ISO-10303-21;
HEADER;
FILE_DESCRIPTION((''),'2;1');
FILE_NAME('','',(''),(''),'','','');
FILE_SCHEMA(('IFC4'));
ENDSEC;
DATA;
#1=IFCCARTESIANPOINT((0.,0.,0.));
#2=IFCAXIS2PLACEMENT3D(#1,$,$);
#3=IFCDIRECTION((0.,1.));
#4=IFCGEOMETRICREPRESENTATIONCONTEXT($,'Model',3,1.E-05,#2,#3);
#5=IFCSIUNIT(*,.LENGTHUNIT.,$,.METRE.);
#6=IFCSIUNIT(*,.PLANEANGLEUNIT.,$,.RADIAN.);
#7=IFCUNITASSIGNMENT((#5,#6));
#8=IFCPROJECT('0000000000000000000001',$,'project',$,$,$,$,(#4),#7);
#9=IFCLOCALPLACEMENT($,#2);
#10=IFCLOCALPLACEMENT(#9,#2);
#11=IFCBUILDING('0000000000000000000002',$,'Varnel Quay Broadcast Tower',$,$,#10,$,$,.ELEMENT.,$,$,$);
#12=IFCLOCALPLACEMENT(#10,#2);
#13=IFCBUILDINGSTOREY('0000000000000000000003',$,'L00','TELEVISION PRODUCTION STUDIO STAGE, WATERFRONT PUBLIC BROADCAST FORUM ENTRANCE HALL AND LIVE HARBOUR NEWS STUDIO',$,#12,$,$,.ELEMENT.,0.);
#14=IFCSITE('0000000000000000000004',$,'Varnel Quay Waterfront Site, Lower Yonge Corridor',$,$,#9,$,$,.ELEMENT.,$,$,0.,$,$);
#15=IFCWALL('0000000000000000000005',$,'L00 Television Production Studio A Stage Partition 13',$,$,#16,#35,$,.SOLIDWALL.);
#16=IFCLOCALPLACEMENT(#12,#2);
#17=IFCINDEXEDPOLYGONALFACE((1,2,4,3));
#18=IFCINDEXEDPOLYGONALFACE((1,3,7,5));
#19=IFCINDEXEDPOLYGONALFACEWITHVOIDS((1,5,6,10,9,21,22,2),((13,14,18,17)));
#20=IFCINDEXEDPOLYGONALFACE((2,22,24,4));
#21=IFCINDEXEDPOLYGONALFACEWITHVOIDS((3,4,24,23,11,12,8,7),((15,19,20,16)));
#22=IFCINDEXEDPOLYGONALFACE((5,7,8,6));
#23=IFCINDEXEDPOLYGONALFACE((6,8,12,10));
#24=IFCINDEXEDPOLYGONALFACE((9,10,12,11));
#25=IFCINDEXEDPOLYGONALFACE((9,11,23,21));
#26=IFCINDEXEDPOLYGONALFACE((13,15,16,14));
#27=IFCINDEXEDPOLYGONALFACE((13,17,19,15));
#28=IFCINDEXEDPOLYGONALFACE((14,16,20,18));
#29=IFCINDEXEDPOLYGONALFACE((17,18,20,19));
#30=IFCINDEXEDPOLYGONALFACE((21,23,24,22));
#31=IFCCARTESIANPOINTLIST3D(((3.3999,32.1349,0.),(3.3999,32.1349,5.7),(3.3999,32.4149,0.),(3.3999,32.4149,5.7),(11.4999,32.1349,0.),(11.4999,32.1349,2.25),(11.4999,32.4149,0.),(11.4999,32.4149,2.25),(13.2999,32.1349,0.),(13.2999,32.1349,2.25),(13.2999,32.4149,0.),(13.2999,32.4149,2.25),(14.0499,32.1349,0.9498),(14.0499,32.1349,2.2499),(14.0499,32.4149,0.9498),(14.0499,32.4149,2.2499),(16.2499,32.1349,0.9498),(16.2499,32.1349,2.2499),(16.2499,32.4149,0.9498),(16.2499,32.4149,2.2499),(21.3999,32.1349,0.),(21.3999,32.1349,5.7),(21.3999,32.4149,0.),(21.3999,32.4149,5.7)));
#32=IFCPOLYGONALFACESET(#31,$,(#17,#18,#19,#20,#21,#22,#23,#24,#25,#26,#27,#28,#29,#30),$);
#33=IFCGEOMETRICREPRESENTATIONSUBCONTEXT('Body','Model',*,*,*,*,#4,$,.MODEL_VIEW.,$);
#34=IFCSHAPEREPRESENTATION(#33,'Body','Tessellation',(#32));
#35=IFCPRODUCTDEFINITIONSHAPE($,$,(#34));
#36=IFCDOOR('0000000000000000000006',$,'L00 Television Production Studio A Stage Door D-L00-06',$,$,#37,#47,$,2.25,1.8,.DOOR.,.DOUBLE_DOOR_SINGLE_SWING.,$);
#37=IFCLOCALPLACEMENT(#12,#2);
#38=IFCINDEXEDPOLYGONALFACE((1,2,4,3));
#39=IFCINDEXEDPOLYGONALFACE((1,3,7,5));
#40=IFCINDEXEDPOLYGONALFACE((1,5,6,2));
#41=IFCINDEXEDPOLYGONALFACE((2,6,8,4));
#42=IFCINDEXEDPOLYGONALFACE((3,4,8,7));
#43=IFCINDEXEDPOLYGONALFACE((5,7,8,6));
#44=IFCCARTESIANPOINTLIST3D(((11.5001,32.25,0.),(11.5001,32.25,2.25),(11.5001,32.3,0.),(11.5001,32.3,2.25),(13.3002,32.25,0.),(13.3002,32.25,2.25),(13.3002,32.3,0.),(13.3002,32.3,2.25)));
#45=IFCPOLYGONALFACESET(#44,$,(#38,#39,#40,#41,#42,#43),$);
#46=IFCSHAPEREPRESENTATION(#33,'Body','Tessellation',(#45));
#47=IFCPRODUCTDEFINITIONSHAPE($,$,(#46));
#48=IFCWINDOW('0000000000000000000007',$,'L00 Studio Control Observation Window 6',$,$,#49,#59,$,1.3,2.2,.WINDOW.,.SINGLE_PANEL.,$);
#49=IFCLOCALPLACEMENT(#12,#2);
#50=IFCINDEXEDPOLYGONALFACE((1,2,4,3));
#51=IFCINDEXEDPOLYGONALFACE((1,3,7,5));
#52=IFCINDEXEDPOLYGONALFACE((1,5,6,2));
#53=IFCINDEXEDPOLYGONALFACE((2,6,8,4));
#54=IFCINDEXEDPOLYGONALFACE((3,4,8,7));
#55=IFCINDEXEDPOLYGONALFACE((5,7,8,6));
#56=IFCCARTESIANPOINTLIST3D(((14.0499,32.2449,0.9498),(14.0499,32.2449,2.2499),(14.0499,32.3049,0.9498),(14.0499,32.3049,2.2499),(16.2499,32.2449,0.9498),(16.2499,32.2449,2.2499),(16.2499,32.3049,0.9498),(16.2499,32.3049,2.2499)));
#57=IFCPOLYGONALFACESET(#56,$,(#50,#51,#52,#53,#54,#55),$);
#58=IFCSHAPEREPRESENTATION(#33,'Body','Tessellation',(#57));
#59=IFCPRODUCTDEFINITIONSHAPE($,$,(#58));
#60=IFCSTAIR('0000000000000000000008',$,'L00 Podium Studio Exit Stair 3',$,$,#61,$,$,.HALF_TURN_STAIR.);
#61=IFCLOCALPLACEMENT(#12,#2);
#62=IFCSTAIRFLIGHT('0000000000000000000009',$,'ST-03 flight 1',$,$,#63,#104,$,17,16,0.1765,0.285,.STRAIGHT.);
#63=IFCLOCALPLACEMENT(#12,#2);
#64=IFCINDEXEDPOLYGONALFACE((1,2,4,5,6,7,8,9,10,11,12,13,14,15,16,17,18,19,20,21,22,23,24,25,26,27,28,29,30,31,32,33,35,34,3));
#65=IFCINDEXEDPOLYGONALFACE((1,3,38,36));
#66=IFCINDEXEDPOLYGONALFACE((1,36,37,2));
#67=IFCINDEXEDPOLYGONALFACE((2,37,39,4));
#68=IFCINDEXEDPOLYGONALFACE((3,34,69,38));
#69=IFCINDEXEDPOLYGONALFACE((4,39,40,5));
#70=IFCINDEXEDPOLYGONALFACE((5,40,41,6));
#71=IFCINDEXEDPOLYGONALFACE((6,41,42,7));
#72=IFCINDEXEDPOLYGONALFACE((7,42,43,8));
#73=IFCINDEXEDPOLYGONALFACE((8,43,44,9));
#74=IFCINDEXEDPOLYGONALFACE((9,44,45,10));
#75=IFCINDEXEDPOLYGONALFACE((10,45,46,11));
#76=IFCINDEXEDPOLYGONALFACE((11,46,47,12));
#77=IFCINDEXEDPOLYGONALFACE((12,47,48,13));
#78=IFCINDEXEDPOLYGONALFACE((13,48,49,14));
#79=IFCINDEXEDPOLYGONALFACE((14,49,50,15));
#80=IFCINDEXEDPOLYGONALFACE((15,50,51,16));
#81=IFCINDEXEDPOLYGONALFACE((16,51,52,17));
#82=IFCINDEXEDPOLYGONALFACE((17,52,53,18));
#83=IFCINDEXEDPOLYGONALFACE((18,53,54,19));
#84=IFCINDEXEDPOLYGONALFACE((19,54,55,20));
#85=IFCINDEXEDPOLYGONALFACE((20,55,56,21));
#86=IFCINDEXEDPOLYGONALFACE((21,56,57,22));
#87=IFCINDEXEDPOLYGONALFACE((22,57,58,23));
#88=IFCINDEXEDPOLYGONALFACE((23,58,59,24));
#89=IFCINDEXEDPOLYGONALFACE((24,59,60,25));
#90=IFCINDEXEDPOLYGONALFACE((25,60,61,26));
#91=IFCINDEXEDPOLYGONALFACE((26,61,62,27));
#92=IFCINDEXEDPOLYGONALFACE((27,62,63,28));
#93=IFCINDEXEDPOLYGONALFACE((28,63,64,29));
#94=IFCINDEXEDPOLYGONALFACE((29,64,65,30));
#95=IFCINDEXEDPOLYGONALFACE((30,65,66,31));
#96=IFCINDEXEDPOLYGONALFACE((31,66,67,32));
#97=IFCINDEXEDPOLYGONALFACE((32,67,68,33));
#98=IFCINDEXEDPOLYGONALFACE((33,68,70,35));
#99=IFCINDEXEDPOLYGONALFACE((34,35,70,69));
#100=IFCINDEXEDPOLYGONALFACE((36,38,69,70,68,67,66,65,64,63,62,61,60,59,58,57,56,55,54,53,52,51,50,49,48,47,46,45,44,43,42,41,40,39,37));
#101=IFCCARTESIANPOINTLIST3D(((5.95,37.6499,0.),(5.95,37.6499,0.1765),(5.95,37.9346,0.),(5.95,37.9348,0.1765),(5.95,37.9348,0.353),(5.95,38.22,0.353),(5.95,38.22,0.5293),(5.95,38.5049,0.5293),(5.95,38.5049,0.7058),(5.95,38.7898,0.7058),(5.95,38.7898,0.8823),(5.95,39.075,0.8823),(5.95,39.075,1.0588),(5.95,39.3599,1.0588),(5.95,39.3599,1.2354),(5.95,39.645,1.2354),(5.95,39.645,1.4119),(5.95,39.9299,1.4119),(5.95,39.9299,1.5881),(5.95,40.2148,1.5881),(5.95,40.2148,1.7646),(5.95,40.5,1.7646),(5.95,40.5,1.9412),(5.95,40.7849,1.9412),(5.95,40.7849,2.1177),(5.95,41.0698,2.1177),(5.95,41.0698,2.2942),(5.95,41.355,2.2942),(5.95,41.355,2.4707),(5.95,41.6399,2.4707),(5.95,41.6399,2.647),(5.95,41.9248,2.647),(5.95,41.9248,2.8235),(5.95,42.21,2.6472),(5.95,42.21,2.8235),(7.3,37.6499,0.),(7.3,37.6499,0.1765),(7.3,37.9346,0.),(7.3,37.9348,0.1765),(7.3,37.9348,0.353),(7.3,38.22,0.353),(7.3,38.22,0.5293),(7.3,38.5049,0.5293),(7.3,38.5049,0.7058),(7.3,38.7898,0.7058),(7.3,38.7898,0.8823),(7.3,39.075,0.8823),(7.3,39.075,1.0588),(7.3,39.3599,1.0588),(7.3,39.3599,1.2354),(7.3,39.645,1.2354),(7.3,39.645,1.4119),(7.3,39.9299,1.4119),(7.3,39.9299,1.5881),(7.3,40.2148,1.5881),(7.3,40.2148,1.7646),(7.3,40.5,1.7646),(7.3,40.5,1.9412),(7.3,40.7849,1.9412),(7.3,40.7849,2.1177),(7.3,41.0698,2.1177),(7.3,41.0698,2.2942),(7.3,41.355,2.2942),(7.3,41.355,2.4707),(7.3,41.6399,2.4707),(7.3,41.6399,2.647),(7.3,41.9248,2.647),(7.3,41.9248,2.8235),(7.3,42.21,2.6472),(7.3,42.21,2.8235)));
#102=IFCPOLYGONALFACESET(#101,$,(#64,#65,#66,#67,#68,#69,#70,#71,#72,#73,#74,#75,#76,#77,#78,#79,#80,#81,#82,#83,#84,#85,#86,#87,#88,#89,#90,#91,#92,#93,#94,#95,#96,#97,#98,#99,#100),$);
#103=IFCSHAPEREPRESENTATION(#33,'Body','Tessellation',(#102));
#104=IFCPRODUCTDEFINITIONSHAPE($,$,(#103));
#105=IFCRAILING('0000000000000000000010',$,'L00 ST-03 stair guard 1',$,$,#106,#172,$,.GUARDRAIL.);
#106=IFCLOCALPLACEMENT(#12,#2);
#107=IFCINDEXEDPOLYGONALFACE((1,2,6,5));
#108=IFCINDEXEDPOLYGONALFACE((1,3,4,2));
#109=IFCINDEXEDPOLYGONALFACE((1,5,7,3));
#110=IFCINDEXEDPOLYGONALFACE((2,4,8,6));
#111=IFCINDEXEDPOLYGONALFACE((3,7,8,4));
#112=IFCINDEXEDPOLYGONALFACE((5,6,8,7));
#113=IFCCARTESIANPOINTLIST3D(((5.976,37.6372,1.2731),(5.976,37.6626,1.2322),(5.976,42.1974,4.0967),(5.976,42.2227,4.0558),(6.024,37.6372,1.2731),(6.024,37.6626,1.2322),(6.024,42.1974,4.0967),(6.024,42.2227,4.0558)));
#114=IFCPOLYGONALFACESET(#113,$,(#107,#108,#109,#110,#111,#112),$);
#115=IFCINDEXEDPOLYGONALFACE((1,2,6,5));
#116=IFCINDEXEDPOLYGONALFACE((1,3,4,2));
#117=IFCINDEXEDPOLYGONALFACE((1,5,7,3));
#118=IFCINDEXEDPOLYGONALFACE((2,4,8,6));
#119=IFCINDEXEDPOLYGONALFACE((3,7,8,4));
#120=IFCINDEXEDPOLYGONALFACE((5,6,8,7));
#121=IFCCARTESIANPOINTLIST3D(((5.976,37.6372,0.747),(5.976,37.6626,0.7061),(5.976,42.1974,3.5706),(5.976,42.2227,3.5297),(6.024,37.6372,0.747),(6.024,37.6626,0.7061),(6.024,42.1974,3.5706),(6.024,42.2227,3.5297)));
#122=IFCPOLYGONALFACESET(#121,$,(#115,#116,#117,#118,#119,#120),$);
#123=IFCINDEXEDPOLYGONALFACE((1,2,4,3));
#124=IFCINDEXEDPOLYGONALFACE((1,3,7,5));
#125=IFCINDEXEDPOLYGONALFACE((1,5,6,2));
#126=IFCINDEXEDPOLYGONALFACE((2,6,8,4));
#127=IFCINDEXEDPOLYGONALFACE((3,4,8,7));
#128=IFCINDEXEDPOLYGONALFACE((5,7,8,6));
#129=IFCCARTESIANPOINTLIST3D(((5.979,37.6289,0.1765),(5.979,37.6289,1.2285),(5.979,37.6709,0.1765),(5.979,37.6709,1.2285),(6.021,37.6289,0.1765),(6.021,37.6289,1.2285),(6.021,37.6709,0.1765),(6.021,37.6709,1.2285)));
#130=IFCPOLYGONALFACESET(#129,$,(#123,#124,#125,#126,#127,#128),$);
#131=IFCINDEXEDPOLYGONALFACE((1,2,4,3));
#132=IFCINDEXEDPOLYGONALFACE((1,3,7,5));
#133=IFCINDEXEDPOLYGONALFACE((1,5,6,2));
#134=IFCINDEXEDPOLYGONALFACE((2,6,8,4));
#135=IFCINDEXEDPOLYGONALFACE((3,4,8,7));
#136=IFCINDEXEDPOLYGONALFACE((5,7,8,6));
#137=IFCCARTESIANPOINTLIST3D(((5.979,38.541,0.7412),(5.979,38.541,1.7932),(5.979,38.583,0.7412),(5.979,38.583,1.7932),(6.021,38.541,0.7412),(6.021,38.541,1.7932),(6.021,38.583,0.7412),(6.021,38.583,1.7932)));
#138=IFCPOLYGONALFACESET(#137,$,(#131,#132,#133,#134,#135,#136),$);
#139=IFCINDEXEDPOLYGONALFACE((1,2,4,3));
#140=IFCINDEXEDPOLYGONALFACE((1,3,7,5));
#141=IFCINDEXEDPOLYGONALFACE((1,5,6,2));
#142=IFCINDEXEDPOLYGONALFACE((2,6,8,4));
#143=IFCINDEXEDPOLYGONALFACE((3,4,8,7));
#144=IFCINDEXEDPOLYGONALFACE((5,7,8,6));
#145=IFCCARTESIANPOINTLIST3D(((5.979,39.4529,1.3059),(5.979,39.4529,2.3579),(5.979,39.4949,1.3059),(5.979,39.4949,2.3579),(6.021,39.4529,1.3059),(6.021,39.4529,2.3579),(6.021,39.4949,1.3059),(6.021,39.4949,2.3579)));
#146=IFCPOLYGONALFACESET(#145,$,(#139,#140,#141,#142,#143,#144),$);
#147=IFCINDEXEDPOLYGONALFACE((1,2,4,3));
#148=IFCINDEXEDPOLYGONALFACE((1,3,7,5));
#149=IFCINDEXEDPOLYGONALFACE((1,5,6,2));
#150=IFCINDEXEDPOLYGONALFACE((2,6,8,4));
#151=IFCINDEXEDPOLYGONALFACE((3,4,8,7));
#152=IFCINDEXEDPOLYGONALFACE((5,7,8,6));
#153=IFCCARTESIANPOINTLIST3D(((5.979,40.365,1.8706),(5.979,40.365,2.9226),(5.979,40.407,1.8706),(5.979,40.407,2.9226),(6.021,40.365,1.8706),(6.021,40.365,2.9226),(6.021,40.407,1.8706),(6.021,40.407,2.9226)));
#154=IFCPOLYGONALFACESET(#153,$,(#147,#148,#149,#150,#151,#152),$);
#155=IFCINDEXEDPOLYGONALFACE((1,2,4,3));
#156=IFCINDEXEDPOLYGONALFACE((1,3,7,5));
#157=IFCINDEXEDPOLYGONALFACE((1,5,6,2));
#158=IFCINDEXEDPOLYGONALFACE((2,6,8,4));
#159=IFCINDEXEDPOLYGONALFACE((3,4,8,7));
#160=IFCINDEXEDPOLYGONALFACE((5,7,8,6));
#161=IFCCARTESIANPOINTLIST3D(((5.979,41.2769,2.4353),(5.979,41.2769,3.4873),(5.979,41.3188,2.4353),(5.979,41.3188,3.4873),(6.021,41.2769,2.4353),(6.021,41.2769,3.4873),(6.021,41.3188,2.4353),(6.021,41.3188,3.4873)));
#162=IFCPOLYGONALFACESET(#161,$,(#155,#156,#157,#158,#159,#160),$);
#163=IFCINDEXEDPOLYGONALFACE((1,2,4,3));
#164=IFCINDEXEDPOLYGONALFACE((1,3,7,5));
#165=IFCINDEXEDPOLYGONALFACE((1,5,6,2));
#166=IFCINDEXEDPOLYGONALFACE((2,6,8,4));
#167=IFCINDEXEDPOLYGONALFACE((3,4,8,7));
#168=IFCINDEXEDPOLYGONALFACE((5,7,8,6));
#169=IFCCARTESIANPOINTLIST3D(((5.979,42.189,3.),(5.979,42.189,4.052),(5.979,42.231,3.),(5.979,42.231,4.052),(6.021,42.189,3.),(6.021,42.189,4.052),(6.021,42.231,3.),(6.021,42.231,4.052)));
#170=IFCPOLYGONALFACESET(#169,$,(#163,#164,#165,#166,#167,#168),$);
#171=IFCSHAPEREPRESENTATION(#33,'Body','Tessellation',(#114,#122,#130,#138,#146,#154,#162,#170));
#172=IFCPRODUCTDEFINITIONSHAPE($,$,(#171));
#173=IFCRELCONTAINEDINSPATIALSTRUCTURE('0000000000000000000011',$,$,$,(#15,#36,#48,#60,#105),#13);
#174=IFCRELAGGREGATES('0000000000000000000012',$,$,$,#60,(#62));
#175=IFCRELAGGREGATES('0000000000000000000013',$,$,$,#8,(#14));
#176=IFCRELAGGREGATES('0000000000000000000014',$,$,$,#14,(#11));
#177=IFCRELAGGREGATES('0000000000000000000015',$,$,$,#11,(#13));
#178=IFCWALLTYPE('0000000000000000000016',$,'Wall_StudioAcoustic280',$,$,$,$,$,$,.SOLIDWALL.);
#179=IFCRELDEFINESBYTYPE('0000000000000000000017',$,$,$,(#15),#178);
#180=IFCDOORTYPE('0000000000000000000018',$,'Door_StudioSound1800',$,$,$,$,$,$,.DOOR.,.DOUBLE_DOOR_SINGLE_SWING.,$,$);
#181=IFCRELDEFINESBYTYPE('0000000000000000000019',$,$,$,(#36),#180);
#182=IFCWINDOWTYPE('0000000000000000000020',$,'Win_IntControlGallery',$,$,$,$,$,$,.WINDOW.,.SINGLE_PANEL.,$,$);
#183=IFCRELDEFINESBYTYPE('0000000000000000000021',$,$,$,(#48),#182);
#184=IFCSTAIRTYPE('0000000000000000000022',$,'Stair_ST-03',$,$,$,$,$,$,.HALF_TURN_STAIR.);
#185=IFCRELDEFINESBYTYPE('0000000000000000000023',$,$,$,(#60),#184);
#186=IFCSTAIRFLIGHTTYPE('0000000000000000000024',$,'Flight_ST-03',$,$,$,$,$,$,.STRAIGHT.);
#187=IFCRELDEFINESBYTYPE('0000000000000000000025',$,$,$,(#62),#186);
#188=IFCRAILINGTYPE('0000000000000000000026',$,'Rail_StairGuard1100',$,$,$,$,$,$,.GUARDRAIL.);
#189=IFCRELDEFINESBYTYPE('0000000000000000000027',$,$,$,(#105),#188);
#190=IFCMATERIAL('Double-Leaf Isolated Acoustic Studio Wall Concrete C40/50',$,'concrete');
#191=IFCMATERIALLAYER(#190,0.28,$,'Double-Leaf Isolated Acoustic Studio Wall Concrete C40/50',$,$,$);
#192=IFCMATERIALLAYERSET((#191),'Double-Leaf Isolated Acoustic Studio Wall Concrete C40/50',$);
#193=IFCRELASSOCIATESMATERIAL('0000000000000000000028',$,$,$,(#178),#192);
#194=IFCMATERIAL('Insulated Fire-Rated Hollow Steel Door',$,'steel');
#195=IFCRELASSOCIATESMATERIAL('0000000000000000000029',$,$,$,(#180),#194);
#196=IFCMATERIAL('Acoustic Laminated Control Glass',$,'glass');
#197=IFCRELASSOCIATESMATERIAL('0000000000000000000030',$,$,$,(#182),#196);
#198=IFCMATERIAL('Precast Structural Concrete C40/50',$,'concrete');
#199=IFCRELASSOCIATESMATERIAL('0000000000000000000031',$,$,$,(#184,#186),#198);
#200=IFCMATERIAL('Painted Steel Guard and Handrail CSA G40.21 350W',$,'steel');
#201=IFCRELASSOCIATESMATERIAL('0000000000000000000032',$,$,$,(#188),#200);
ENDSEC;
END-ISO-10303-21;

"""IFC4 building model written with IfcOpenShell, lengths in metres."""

from ifc_helpers import new_model, si_unit, direction, frame, frame_2d, origin, origin_2d, place, context, subcontext, project, spatial, polyline, rectangle, outline, extrude, source, transform, mapped, material, layer, layer_set, type_object, type_shapes, element, fill, aggregate, save


model = new_model("IFC4")

# Units and contexts
model_context = context("Model", 3, precision=1e-05, world=origin(), true_north=direction((0.0, 1.0)))
body_context = subcontext(model_context, "Body", "Model", "MODEL_VIEW")
ifc_project = project(units=[si_unit("LENGTHUNIT", "METRE"), si_unit("PLANEANGLEUNIT", "RADIAN")], contexts=[model_context])

# Site, building, storey
site_placement = place(None, origin())
site = spatial("IfcSite", under=ifc_project, at=site_placement, Name="Varnel Quay Waterfront Site, Lower Yonge Corridor", CompositionType="ELEMENT", RefElevation=0.0)
building_placement = place(site_placement, origin())
building = spatial("IfcBuilding", under=site, at=building_placement, Name="Varnel Quay Broadcast Tower", CompositionType="ELEMENT")
storey_placement = place(building_placement, origin())
storey = spatial("IfcBuildingStorey", under=building, at=storey_placement, Name="L00", Description="TELEVISION PRODUCTION STUDIO STAGE, WATERFRONT PUBLIC BROADCAST FORUM ENTRANCE HALL AND LIVE HARBOUR NEWS STUDIO", CompositionType="ELEMENT", Elevation=0.0)

# Shared definitions
ifc_material_1 = material(Name="Insulated Fire-Rated Hollow Steel Door", Category="steel")

# Wall, openings, door, window
ifc_material_2 = material(Name="Double-Leaf Isolated Acoustic Studio Wall Concrete C40/50", Category="concrete")
ifc_layer_1 = layer(ifc_material_2, 0.28, Name="Double-Leaf Isolated Acoustic Studio Wall Concrete C40/50")
ifc_layer_set_1 = layer_set([ifc_layer_1], Name="Double-Leaf Isolated Acoustic Studio Wall Concrete C40/50")
wall_type_1 = type_object("IfcWallType", Name="Wall_StudioAcoustic280", PredefinedType="SOLIDWALL", material=ifc_layer_set_1)
wall_1_placement = place(storey_placement, frame((3.3999, 32.2749, 0.0), z_axis=(0.0, 0.0, 1.0), x_axis=(1.0, 0.0, 0.0)))
wall_1 = element("IfcWall", 1, at=wall_1_placement, inside=storey, type_object=wall_type_1, Name="L00 Television Production Studio A Stage Partition 13", PredefinedType="SOLIDWALL", context=body_context, shape_type="SweptSolid", body=[
    extrude(rectangle(XDim=18.0, YDim=0.28, at=frame_2d((9.0, 0.0))), origin(), (0.0, 0.0, 1.0), 5.7),
])
opening_1_placement = place(wall_1_placement, frame((8.1001, 0.0, 0.0)))
opening_1 = element("IfcOpeningElement", 2, at=opening_1_placement, cuts=wall_1, PredefinedType="OPENING", context=body_context, shape_type="SweptSolid", body=[
    extrude(rectangle(XDim=1.8, YDim=2.25, at=frame_2d((0.8999, 1.125))), frame((0.0, 0.1499, 0.0), z_axis=(0.0, -1.0, 0.0), x_axis=(1.0, 0.0, 0.0)), (0.0, 0.0, 1.0), 0.3),
])
opening_2_placement = place(wall_1_placement, frame((10.6499, 0.0, 0.95)))
opening_2 = element("IfcOpeningElement", 3, at=opening_2_placement, cuts=wall_1, PredefinedType="OPENING", context=body_context, shape_type="SweptSolid", body=[
    extrude(rectangle(XDim=2.2, YDim=1.3, at=frame_2d((1.1001, 0.6499))), frame((0.0, 0.1499, 0.0), z_axis=(0.0, -1.0, 0.0), x_axis=(1.0, 0.0, 0.0)), (0.0, 0.0, 1.0), 0.3),
])
door_type_1 = type_object("IfcDoorType", Name="Door_StudioSound1800", OperationType="DOUBLE_DOOR_SINGLE_SWING", PredefinedType="DOOR", material=ifc_material_1)
shared_shape_1 = source(origin(), body_context, "Body", "SweptSolid", [
    extrude(rectangle(XDim=1.8, YDim=2.25, at=frame_2d((0.8999, 1.125))), frame((0.0, 0.0249, 0.0), z_axis=(0.0, -1.0, 0.0), x_axis=(1.0, 0.0, 0.0)), (0.0, 0.0, 1.0), 0.05),
])
type_shapes(door_type_1, [shared_shape_1])
door_1_placement = place(opening_1_placement, frame((1.8, 0.0, 0.0), z_axis=(0.0, 0.0, 1.0), x_axis=(-1.0, 0.0, 0.0)))
door_1 = element("IfcDoor", 4, at=door_1_placement, inside=storey, type_object=door_type_1, Name="L00 Television Production Studio A Stage Door D-L00-06", OperationType="DOUBLE_DOOR_SINGLE_SWING", OverallHeight=2.25, OverallWidth=1.8, PredefinedType="DOOR", context=body_context, shape_type="MappedRepresentation", body=[
    mapped(shared_shape_1, transform((0.0, 0.0, 0.0), x_axis=(1.0, 0.0, 0.0), y_axis=(0.0, 1.0, 0.0), z_axis=(0.0, 0.0, 1.0), scale=1.0)),
])
fill(opening_1, door_1)
ifc_material_3 = material(Name="Acoustic Laminated Control Glass", Category="glass")
window_type = type_object("IfcWindowType", Name="Win_IntControlGallery", PartitioningType="SINGLE_PANEL", PredefinedType="WINDOW", material=ifc_material_3)
shared_shape_2 = source(origin(), body_context, "Body", "SweptSolid", [
    extrude(rectangle(XDim=2.2, YDim=1.3, at=frame_2d((1.1001, 0.6499))), frame((0.0, 0.03, 0.0), z_axis=(0.0, -1.0, 0.0), x_axis=(1.0, 0.0, 0.0)), (0.0, 0.0, 1.0), 0.0601),
])
type_shapes(window_type, [shared_shape_2])
window_placement = place(opening_2_placement, origin())
window = element("IfcWindow", 5, at=window_placement, inside=storey, type_object=window_type, Name="L00 Studio Control Observation Window 6", OverallHeight=1.3, OverallWidth=2.2, PartitioningType="SINGLE_PANEL", PredefinedType="WINDOW", context=body_context, shape_type="MappedRepresentation", body=[
    mapped(shared_shape_2, transform((0.0, 0.0, 0.0), x_axis=(1.0, 0.0, 0.0), y_axis=(0.0, 1.0, 0.0), z_axis=(0.0, 0.0, 1.0), scale=1.0)),
])
fill(opening_2, window)

# Stair, stair flight
ifc_material_4 = material(Name="Precast Structural Concrete C40/50", Category="concrete")
stair_type = type_object("IfcStairType", Name="Stair_ST-03", PredefinedType="HALF_TURN_STAIR", material=ifc_material_4)
stair_placement = place(storey_placement, origin())
stair = element("IfcStair", 6, at=stair_placement, inside=storey, type_object=stair_type, Name="L00 Podium Studio Exit Stair 3", PredefinedType="HALF_TURN_STAIR")
stair_flight_type = type_object("IfcStairFlightType", Name="Flight_ST-03", PredefinedType="STRAIGHT", material=ifc_material_4)
stair_flight_placement = place(storey_placement, frame((6.625, 37.6499, 0.0), z_axis=(0.0, 0.0, 1.0), x_axis=(0.0, 1.0, 0.0)))
stair_flight = element("IfcStairFlight", 7, at=stair_flight_placement, type_object=stair_flight_type, Name="ST-03 flight 1", NumberOfRisers=17, NumberOfTreads=16, PredefinedType="STRAIGHT", RiserHeight=0.1765, TreadLength=0.285, context=body_context, shape_type="SweptSolid", body=[
    extrude(outline(polyline([(0.0, 0.0), (0.0, 0.1765), (0.2849, 0.1765), (0.2849, 0.353), (0.5701, 0.353), (0.5701, 0.5293), (0.855, 0.5293), (0.855, 0.7058), (1.1399, 0.7058), (1.1399, 0.8823), (1.425, 0.8823), (1.425, 1.0588), (1.71, 1.0588), (1.71, 1.2354), (1.9951, 1.2354), (1.9951, 1.4119), (2.28, 1.4119), (2.28, 1.5881), (2.5649, 1.5881), (2.5649, 1.7646), (2.8501, 1.7646), (2.8501, 1.9412), (3.135, 1.9412), (3.135, 2.1177), (3.4199, 2.1177), (3.4199, 2.2942), (3.7051, 2.2942), (3.7051, 2.4707), (3.99, 2.4707), (3.99, 2.647), (4.2749, 2.647), (4.2749, 2.8235), (4.5601, 2.8235), (4.5601, 3.0), (4.5601, 2.6472), (0.2847, 0.0), (0.0, 0.0)])), frame((0.0, 0.675, 0.0), z_axis=(0.0, -1.0, 0.0), x_axis=(1.0, 0.0, 0.0)), (0.0, 0.0, 1.0), 1.3501),
])
aggregate(stair, [stair_flight])

# Railing
ifc_material_5 = material(Name="Painted Steel Guard and Handrail CSA G40.21 350W", Category="steel")
railing_type = type_object("IfcRailingType", Name="Rail_StairGuard1100", PredefinedType="GUARDRAIL", material=ifc_material_5)
railing_1_placement = place(storey_placement, frame((6.0, 37.6499, 0.1765)))
element("IfcRailing", 8, at=railing_1_placement, inside=storey, type_object=railing_type, Name="L00 ST-03 stair guard 1", PredefinedType="GUARDRAIL", context=body_context, shape_type="SweptSolid", body=[
    extrude(rectangle(XDim=0.0481, YDim=0.0481, at=origin_2d()), frame((0.0, 0.0, 1.0762), z_axis=(0.0, 0.850216, 0.526435), x_axis=(-1.0, 0.0, 0.0)), (0.0, 0.0, 1.0), 5.3635),
    extrude(rectangle(XDim=0.0481, YDim=0.0481, at=origin_2d()), frame((0.0, 0.0, 0.55), z_axis=(0.0, 0.850216, 0.526435), x_axis=(-1.0, 0.0, 0.0)), (0.0, 0.0, 1.0), 5.3635),
    extrude(rectangle(XDim=0.042, YDim=0.042, at=origin_2d()), origin(), (0.0, 0.0, 1.0), 1.052),
    extrude(rectangle(XDim=0.042, YDim=0.042, at=origin_2d()), frame((0.0, 0.9121, 0.5647)), (0.0, 0.0, 1.0), 1.052),
    extrude(rectangle(XDim=0.042, YDim=0.042, at=origin_2d()), frame((0.0, 1.824, 1.1294)), (0.0, 0.0, 1.0), 1.052),
    extrude(rectangle(XDim=0.042, YDim=0.042, at=origin_2d()), frame((0.0, 2.7361, 1.6941)), (0.0, 0.0, 1.0), 1.052),
    extrude(rectangle(XDim=0.042, YDim=0.042, at=origin_2d()), frame((0.0, 3.6479, 2.2588)), (0.0, 0.0, 1.0), 1.052),
    extrude(rectangle(XDim=0.042, YDim=0.042, at=origin_2d()), frame((0.0, 4.5601, 2.8235)), (0.0, 0.0, 1.0), 1.052),
])

save(model, "model.ifc")
